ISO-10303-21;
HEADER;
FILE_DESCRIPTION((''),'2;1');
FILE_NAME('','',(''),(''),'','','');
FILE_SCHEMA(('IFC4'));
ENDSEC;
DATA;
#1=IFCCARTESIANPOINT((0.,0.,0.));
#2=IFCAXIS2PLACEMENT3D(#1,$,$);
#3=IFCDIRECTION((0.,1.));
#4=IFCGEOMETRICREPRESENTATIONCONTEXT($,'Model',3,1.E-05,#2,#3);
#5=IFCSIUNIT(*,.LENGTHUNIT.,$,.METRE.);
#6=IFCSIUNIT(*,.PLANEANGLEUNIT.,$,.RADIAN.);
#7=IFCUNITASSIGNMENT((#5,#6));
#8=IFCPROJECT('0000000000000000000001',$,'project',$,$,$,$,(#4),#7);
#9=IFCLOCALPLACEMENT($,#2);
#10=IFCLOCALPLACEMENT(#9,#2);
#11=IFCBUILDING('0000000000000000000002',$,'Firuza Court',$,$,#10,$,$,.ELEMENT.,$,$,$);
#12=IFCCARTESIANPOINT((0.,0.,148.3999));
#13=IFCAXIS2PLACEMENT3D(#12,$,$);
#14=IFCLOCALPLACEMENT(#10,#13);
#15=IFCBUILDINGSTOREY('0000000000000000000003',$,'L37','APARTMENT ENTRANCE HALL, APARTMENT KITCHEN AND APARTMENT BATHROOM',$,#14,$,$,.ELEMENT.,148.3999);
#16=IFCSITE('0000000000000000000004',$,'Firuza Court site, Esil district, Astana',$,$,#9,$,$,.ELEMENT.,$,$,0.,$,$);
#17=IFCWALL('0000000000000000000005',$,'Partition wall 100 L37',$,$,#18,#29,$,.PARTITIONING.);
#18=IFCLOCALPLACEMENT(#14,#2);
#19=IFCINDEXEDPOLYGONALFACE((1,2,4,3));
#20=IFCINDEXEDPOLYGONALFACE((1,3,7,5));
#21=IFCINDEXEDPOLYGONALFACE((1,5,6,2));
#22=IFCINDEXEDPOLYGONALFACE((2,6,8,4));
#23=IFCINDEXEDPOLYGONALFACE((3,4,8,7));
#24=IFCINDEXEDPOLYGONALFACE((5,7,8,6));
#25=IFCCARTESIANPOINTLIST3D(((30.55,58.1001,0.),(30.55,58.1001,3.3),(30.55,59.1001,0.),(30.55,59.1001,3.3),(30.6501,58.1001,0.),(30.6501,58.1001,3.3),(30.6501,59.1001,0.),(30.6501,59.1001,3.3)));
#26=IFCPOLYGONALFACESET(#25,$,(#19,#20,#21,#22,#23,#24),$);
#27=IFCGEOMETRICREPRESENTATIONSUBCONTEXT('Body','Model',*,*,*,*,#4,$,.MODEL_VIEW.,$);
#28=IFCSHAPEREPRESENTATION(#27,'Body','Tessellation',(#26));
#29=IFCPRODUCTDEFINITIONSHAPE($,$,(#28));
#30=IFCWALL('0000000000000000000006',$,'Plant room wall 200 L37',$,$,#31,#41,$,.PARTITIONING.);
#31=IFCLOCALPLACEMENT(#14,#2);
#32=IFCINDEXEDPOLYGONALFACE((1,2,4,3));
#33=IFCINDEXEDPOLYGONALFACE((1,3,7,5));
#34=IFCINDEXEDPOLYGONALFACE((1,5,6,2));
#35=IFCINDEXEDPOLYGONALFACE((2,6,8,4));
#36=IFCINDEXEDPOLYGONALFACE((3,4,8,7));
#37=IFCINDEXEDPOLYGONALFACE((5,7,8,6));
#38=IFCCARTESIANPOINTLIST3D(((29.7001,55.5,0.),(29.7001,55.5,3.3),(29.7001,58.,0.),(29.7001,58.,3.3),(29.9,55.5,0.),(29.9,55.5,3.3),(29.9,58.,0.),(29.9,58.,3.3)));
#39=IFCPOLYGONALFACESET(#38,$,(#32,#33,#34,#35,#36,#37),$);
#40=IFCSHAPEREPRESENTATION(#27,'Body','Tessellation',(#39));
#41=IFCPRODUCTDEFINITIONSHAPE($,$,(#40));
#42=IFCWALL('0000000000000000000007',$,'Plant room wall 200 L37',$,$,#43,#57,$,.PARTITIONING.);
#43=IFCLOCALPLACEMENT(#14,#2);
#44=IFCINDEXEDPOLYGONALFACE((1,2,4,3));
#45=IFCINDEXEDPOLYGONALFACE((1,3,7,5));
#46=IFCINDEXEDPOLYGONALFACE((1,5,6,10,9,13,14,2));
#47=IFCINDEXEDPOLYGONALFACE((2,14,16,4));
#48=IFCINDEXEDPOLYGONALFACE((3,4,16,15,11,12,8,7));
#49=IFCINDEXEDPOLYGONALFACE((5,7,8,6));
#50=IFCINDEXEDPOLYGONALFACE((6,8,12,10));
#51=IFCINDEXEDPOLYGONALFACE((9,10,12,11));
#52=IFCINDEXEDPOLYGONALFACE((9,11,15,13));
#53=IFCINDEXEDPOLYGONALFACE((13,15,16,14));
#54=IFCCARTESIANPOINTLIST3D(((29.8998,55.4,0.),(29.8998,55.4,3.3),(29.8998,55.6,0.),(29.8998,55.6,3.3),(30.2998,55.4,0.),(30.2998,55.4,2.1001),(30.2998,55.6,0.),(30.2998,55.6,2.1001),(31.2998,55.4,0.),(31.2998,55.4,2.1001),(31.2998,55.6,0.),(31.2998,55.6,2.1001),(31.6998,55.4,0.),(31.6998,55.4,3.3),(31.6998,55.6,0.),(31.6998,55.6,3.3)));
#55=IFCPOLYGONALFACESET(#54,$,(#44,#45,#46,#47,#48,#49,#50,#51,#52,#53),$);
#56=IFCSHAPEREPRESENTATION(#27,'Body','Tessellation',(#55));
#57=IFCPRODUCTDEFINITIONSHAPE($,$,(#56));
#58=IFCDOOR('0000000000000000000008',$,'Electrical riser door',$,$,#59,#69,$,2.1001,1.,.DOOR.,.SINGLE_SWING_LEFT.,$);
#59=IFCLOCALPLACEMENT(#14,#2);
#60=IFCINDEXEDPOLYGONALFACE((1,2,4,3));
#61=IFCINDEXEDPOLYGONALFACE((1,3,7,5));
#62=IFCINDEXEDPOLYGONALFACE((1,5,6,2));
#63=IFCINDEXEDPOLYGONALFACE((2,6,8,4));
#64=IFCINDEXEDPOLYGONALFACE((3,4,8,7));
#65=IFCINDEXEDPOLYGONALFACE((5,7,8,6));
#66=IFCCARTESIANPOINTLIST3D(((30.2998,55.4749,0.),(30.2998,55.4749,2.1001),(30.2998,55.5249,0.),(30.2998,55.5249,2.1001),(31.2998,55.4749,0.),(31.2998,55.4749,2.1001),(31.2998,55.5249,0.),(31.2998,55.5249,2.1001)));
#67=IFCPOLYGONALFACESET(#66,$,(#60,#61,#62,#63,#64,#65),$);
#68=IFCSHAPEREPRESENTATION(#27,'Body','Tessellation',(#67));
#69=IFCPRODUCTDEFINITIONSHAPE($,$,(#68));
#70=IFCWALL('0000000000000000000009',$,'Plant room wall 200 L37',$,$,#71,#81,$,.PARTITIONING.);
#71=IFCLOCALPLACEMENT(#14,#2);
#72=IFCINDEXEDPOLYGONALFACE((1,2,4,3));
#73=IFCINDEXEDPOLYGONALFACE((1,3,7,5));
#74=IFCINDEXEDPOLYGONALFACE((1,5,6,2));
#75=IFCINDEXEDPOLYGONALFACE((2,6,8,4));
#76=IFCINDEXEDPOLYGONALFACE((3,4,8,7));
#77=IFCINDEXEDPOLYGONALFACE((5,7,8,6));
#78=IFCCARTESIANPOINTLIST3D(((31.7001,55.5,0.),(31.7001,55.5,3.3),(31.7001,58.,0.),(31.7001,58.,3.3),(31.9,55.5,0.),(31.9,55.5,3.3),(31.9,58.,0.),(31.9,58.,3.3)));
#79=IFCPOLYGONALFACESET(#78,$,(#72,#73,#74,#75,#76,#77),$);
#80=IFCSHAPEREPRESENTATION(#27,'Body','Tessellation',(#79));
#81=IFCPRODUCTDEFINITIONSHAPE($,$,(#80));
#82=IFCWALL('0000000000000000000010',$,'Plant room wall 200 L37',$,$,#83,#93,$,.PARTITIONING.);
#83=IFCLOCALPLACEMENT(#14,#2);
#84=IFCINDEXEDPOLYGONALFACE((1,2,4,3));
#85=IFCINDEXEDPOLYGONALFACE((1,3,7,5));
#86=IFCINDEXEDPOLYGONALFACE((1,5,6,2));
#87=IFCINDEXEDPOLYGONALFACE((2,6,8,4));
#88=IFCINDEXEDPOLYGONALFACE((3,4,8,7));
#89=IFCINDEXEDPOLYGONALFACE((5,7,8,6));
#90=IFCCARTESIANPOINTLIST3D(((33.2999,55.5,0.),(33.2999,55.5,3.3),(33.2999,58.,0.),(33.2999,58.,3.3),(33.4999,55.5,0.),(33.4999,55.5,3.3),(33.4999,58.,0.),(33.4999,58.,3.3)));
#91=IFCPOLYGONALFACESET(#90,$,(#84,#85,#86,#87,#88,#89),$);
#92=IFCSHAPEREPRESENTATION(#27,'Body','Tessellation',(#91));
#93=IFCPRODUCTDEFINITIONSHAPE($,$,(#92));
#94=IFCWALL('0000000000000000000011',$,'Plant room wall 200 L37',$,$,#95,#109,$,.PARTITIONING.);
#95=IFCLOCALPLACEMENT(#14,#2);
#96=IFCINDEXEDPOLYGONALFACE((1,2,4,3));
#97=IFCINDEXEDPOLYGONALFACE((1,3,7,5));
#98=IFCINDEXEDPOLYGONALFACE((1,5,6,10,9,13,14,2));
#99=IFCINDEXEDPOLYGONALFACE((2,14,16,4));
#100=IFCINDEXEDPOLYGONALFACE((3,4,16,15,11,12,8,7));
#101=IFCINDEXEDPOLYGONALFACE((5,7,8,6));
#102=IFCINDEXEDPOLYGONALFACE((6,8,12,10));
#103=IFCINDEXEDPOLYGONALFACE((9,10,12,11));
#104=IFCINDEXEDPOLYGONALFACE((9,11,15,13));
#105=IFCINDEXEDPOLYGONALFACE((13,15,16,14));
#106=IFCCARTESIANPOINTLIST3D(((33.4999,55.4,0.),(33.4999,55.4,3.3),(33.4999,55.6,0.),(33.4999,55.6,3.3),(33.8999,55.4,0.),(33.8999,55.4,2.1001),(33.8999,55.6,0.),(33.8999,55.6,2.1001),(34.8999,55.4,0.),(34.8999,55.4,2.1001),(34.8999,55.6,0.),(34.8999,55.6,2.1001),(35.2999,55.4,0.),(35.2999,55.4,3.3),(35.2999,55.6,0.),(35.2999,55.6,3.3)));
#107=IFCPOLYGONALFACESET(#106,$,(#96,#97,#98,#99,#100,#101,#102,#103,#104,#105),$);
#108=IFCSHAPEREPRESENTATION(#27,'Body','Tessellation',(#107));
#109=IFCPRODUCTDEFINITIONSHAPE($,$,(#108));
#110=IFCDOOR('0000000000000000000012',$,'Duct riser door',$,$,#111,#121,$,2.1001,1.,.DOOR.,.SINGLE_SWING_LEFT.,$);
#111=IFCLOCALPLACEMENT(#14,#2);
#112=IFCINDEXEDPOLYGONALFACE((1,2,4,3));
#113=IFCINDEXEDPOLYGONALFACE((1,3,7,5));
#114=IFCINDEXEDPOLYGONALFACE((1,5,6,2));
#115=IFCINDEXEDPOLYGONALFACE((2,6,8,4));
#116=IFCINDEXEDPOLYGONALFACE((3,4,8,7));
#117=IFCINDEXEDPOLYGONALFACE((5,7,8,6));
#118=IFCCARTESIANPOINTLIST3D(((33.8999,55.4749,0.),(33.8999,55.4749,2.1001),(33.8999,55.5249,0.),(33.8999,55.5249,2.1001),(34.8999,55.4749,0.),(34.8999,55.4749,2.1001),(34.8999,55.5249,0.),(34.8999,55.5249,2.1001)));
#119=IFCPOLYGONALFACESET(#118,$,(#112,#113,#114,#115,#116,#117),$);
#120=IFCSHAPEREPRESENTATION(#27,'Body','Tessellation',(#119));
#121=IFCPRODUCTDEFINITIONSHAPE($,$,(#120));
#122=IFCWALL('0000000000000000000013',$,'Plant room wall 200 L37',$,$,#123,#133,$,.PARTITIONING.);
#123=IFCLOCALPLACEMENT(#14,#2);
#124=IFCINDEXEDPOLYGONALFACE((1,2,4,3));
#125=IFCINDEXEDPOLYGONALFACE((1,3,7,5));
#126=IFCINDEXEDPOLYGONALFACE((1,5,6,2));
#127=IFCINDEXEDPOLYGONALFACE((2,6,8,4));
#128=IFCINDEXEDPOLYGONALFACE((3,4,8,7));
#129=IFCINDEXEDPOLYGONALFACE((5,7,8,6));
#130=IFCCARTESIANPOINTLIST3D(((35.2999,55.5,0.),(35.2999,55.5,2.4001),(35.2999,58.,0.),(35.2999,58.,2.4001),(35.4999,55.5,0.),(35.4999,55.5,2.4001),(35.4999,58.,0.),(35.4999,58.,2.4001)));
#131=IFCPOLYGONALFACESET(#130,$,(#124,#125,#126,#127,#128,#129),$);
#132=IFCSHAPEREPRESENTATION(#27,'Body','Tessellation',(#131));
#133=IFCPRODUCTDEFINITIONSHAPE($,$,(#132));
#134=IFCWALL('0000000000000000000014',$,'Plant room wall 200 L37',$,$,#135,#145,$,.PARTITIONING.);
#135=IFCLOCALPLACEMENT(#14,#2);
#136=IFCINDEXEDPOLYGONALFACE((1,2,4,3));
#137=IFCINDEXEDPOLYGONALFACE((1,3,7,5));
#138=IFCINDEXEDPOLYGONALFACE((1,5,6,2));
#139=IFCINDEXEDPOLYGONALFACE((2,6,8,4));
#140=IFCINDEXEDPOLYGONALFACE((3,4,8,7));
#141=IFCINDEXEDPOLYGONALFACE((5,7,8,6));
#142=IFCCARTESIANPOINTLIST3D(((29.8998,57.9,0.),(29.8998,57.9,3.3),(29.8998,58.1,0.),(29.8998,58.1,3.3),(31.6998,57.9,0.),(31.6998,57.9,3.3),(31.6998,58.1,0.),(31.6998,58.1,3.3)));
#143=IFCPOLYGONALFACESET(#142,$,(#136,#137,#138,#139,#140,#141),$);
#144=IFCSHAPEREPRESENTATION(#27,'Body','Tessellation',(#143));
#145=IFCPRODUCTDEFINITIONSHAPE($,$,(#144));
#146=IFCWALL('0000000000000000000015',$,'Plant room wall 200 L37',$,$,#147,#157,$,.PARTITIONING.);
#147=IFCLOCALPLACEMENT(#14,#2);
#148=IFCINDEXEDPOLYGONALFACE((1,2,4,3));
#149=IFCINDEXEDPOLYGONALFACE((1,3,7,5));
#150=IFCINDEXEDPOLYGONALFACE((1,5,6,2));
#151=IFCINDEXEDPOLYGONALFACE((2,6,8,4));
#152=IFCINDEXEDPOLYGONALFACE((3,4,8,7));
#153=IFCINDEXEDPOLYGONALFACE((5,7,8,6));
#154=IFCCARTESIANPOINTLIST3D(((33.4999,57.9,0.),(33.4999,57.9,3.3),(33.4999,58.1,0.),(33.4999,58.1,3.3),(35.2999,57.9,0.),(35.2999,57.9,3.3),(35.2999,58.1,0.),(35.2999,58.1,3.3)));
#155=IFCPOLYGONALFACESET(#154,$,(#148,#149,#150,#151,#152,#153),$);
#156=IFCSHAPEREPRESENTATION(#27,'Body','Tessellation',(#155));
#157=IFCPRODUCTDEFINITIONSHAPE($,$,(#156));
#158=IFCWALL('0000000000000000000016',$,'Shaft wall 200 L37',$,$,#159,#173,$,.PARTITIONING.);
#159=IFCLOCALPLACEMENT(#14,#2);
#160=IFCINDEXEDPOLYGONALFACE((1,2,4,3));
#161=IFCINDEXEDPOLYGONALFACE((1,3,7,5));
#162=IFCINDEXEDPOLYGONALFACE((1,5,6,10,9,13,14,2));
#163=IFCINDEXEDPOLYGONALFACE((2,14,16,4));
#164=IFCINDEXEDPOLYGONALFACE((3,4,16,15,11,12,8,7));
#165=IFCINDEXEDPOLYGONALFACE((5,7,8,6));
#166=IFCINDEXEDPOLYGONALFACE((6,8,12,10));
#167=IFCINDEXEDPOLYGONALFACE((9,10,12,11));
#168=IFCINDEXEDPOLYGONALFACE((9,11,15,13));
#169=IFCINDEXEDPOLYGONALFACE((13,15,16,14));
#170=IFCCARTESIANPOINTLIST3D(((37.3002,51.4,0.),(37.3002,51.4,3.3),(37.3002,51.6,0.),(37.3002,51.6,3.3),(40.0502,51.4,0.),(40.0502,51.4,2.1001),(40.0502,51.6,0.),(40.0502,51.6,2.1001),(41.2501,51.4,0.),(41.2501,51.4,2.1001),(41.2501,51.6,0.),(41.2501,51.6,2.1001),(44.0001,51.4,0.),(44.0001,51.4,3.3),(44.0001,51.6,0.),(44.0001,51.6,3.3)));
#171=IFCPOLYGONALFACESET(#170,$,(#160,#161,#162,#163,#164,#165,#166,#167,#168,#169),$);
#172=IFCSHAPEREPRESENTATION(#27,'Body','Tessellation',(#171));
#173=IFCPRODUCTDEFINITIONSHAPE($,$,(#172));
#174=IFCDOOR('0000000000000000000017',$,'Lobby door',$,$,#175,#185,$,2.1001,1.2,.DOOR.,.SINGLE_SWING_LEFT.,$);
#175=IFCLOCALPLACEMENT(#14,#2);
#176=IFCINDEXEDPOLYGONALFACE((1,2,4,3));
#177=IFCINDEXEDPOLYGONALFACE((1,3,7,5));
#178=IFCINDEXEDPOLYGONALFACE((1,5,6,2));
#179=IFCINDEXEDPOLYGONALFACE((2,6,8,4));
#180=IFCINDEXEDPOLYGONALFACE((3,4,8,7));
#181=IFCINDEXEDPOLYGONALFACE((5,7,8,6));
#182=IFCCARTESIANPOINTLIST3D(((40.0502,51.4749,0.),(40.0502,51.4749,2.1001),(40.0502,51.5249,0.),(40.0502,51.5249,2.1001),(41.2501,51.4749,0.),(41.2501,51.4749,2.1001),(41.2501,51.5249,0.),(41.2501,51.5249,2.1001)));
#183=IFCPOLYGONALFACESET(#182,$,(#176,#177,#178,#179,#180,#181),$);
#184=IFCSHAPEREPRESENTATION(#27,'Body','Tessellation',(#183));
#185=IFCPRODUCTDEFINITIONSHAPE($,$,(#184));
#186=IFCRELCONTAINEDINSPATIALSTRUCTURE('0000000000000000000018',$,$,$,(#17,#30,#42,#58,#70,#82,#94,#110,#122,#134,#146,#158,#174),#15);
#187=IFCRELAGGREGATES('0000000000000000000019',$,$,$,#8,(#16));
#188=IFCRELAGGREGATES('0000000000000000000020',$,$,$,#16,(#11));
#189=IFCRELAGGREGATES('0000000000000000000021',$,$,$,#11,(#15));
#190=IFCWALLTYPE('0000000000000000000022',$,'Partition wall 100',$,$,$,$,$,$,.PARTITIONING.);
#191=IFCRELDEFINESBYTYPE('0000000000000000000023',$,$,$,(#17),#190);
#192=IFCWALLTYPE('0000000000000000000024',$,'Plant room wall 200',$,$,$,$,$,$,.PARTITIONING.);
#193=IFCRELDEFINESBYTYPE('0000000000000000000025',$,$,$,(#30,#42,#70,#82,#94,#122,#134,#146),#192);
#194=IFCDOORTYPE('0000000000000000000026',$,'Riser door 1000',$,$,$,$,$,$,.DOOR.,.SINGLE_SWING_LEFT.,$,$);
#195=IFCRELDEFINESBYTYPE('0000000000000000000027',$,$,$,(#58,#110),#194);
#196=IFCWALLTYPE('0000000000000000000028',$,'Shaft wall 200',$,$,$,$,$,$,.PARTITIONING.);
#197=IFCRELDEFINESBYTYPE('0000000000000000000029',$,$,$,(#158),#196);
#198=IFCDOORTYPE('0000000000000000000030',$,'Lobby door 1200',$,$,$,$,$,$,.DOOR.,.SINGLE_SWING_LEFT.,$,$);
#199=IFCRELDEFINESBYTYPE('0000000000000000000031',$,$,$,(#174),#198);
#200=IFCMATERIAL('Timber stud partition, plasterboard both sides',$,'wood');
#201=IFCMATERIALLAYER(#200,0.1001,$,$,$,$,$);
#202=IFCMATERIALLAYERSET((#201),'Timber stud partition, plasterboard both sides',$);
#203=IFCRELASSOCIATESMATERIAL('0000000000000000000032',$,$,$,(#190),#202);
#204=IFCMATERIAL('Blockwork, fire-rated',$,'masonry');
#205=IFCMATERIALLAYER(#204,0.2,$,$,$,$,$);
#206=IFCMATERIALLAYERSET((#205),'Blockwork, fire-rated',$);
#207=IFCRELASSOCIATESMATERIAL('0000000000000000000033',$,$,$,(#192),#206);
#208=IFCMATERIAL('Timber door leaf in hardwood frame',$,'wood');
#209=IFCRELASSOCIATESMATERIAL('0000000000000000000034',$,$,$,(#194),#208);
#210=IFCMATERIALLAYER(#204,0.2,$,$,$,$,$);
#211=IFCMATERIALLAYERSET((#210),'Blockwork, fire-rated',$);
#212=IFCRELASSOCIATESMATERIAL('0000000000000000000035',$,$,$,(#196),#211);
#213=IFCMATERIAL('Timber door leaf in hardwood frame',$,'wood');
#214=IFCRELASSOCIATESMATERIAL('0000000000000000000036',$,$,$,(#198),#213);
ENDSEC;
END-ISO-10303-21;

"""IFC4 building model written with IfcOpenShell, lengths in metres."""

from ifc_helpers import new_model, si_unit, direction, frame, frame_2d, origin, place, context, subcontext, project, spatial, rectangle, extrude, material, layer, layer_set, type_object, element, fill, save


model = new_model("IFC4")

# Units and contexts
model_context = context("Model", 3, precision=1e-05, world=origin(), true_north=direction((0.0, 1.0)))
body_context = subcontext(model_context, "Body", "Model", "MODEL_VIEW")
ifc_project = project(units=[si_unit("LENGTHUNIT", "METRE"), si_unit("PLANEANGLEUNIT", "RADIAN")], contexts=[model_context])

# Site, building, storey
site_placement = place(None, origin())
site = spatial("IfcSite", under=ifc_project, at=site_placement, Name="Firuza Court site, Esil district, Astana", CompositionType="ELEMENT", RefElevation=0.0)
building_placement = place(site_placement, origin())
building = spatial("IfcBuilding", under=site, at=building_placement, Name="Firuza Court", CompositionType="ELEMENT")
storey_placement = place(building_placement, frame((0.0, 0.0, 148.3999)))
storey = spatial("IfcBuildingStorey", under=building, at=storey_placement, Name="L37", Description="APARTMENT ENTRANCE HALL, APARTMENT KITCHEN AND APARTMENT BATHROOM", CompositionType="ELEMENT", Elevation=148.3999)

# Walls
ifc_material_1 = material(Name="Timber stud partition, plasterboard both sides", Category="wood")
ifc_layer_1 = layer(ifc_material_1, 0.1001)
ifc_layer_set_1 = layer_set([ifc_layer_1], Name="Timber stud partition, plasterboard both sides")
wall_type_1 = type_object("IfcWallType", Name="Partition wall 100", PredefinedType="PARTITIONING", material=ifc_layer_set_1)
wall_1_placement = place(storey_placement, frame((30.6001, 58.1001, 0.0), z_axis=(0.0, 0.0, 1.0), x_axis=(0.0, 1.0, 0.0)))
element("IfcWall", 1, at=wall_1_placement, inside=storey, type_object=wall_type_1, Name="Partition wall 100 L37", PredefinedType="PARTITIONING", context=body_context, shape_type="SweptSolid", body=[
    extrude(rectangle(XDim=1.0, YDim=0.1001, at=frame_2d((0.5, 0.0))), origin(), (0.0, 0.0, 1.0), 3.3),
])
ifc_material_2 = material(Name="Blockwork, fire-rated", Category="masonry")
ifc_layer_2 = layer(ifc_material_2, 0.2)
ifc_layer_set_2 = layer_set([ifc_layer_2], Name="Blockwork, fire-rated")
wall_type_2 = type_object("IfcWallType", Name="Plant room wall 200", PredefinedType="PARTITIONING", material=ifc_layer_set_2)
wall_2_placement = place(storey_placement, frame((29.8, 55.5, 0.0), z_axis=(0.0, 0.0, 1.0), x_axis=(0.0, 1.0, 0.0)))
element("IfcWall", 2, at=wall_2_placement, inside=storey, type_object=wall_type_2, Name="Plant room wall 200 L37", PredefinedType="PARTITIONING", context=body_context, shape_type="SweptSolid", body=[
    extrude(rectangle(XDim=2.5, YDim=0.2, at=frame_2d((1.25, 0.0))), origin(), (0.0, 0.0, 1.0), 3.3),
])

# Wall, opening, door
wall_3_placement = place(storey_placement, frame((29.8999, 55.5, 0.0), z_axis=(0.0, 0.0, 1.0), x_axis=(1.0, 0.0, 0.0)))
wall_3 = element("IfcWall", 3, at=wall_3_placement, inside=storey, type_object=wall_type_2, Name="Plant room wall 200 L37", PredefinedType="PARTITIONING", context=body_context, shape_type="SweptSolid", body=[
    extrude(rectangle(XDim=1.8, YDim=0.2, at=frame_2d((0.8999, 0.0))), origin(), (0.0, 0.0, 1.0), 3.3),
])
opening_1_placement = place(wall_3_placement, frame((0.3999, 0.0, 0.0)))
opening_1 = element("IfcOpeningElement", 4, at=opening_1_placement, cuts=wall_3, PredefinedType="OPENING", context=body_context, shape_type="SweptSolid", body=[
    extrude(rectangle(XDim=1.0, YDim=2.1001, at=frame_2d((0.5, 1.05))), frame((0.0, 0.1118, 0.0), z_axis=(0.0, -1.0, 0.0), x_axis=(1.0, 0.0, 0.0)), (0.0, 0.0, 1.0), 0.2239),
])
ifc_material_3 = material(Name="Timber door leaf in hardwood frame", Category="wood")
door_type_1 = type_object("IfcDoorType", Name="Riser door 1000", OperationType="SINGLE_SWING_LEFT", PredefinedType="DOOR", material=ifc_material_3)
door_1_placement = place(opening_1_placement, origin())
door_1 = element("IfcDoor", 5, at=door_1_placement, inside=storey, type_object=door_type_1, Name="Electrical riser door", OperationType="SINGLE_SWING_LEFT", OverallHeight=2.1001, OverallWidth=1.0, PredefinedType="DOOR", context=body_context, shape_type="SweptSolid", body=[
    extrude(rectangle(XDim=1.0, YDim=2.1001, at=frame_2d((0.5, 1.05))), frame((0.0, 0.0249, 0.0), z_axis=(0.0, -1.0, 0.0), x_axis=(1.0, 0.0, 0.0)), (0.0, 0.0, 1.0), 0.05),
])
fill(opening_1, door_1)

# Walls
for number, where, z_axis, x_axis, name in (
    (6, (31.8, 55.5, 0.0), (0.0, 0.0, 1.0), (0.0, 1.0, 0.0), "Plant room wall 200 L37"),
    (7, (33.3999, 55.5, 0.0), (0.0, 0.0, 1.0), (0.0, 1.0, 0.0), "Plant room wall 200 L37"),
):
    element("IfcWall", number, at=place(storey_placement, frame(where, z_axis=z_axis, x_axis=x_axis)), inside=storey, type_object=wall_type_2, Name=name, PredefinedType="PARTITIONING", context=body_context, shape_type="SweptSolid", body=[
        extrude(rectangle(XDim=2.5, YDim=0.2, at=frame_2d((1.25, 0.0))), origin(), (0.0, 0.0, 1.0), 3.3),
    ])

# Wall, opening, door
wall_4_placement = place(storey_placement, frame((33.5, 55.5, 0.0), z_axis=(0.0, 0.0, 1.0), x_axis=(1.0, 0.0, 0.0)))
wall_4 = element("IfcWall", 8, at=wall_4_placement, inside=storey, type_object=wall_type_2, Name="Plant room wall 200 L37", PredefinedType="PARTITIONING", context=body_context, shape_type="SweptSolid", body=[
    extrude(rectangle(XDim=1.8, YDim=0.2, at=frame_2d((0.8999, 0.0))), origin(), (0.0, 0.0, 1.0), 3.3),
])
opening_2_placement = place(wall_4_placement, frame((0.3999, 0.0, 0.0)))
opening_2 = element("IfcOpeningElement", 9, at=opening_2_placement, cuts=wall_4, PredefinedType="OPENING", context=body_context, shape_type="SweptSolid", body=[
    extrude(rectangle(XDim=1.0, YDim=2.1001, at=frame_2d((0.5, 1.05))), frame((0.0, 0.1118, 0.0), z_axis=(0.0, -1.0, 0.0), x_axis=(1.0, 0.0, 0.0)), (0.0, 0.0, 1.0), 0.2239),
])
door_2_placement = place(opening_2_placement, origin())
door_2 = element("IfcDoor", 10, at=door_2_placement, inside=storey, type_object=door_type_1, Name="Duct riser door", OperationType="SINGLE_SWING_LEFT", OverallHeight=2.1001, OverallWidth=1.0, PredefinedType="DOOR", context=body_context, shape_type="SweptSolid", body=[
    extrude(rectangle(XDim=1.0, YDim=2.1001, at=frame_2d((0.5, 1.05))), frame((0.0, 0.0249, 0.0), z_axis=(0.0, -1.0, 0.0), x_axis=(1.0, 0.0, 0.0)), (0.0, 0.0, 1.0), 0.05),
])
fill(opening_2, door_2)

# Walls
wall_5_placement = place(storey_placement, frame((35.3999, 55.5, 0.0), z_axis=(0.0, 0.0, 1.0), x_axis=(0.0, 1.0, 0.0)))
element("IfcWall", 11, at=wall_5_placement, inside=storey, type_object=wall_type_2, Name="Plant room wall 200 L37", PredefinedType="PARTITIONING", context=body_context, shape_type="SweptSolid", body=[
    extrude(rectangle(XDim=2.5, YDim=0.2, at=frame_2d((1.25, 0.0))), origin(), (0.0, 0.0, 1.0), 2.4001),
])
for number, where, z_axis, x_axis, name in (
    (12, (29.8999, 58.0, 0.0), (0.0, 0.0, 1.0), (1.0, 0.0, 0.0), "Plant room wall 200 L37"),
    (13, (33.5, 58.0, 0.0), (0.0, 0.0, 1.0), (1.0, 0.0, 0.0), "Plant room wall 200 L37"),
):
    element("IfcWall", number, at=place(storey_placement, frame(where, z_axis=z_axis, x_axis=x_axis)), inside=storey, type_object=wall_type_2, Name=name, PredefinedType="PARTITIONING", context=body_context, shape_type="SweptSolid", body=[
        extrude(rectangle(XDim=1.8, YDim=0.2, at=frame_2d((0.8999, 0.0))), origin(), (0.0, 0.0, 1.0), 3.3),
    ])

# Wall, opening, door
ifc_layer_3 = layer(ifc_material_2, 0.2)
ifc_layer_set_3 = layer_set([ifc_layer_3], Name="Blockwork, fire-rated")
wall_type_3 = type_object("IfcWallType", Name="Shaft wall 200", PredefinedType="PARTITIONING", material=ifc_layer_set_3)
wall_6_placement = place(storey_placement, frame((37.3, 51.5, 0.0), z_axis=(0.0, 0.0, 1.0), x_axis=(1.0, 0.0, 0.0)))
wall_6 = element("IfcWall", 14, at=wall_6_placement, inside=storey, type_object=wall_type_3, Name="Shaft wall 200 L37", PredefinedType="PARTITIONING", context=body_context, shape_type="SweptSolid", body=[
    extrude(rectangle(XDim=6.7, YDim=0.2, at=frame_2d((3.3501, 0.0))), origin(), (0.0, 0.0, 1.0), 3.3),
])
opening_3_placement = place(wall_6_placement, frame((2.75, 0.0, 0.0)))
opening_3 = element("IfcOpeningElement", 15, at=opening_3_placement, cuts=wall_6, PredefinedType="OPENING", context=body_context, shape_type="SweptSolid", body=[
    extrude(rectangle(XDim=1.2, YDim=2.1001, at=frame_2d((0.6001, 1.05))), frame((0.0, 0.1118, 0.0), z_axis=(0.0, -1.0, 0.0), x_axis=(1.0, 0.0, 0.0)), (0.0, 0.0, 1.0), 0.2239),
])
ifc_material_4 = material(Name="Timber door leaf in hardwood frame", Category="wood")
door_type_2 = type_object("IfcDoorType", Name="Lobby door 1200", OperationType="SINGLE_SWING_LEFT", PredefinedType="DOOR", material=ifc_material_4)
door_3_placement = place(opening_3_placement, origin())
door_3 = element("IfcDoor", 16, at=door_3_placement, inside=storey, type_object=door_type_2, Name="Lobby door", OperationType="SINGLE_SWING_LEFT", OverallHeight=2.1001, OverallWidth=1.2, PredefinedType="DOOR", context=body_context, shape_type="SweptSolid", body=[
    extrude(rectangle(XDim=1.2, YDim=2.1001, at=frame_2d((0.6001, 1.05))), frame((0.0, 0.0249, 0.0), z_axis=(0.0, -1.0, 0.0), x_axis=(1.0, 0.0, 0.0)), (0.0, 0.0, 1.0), 0.05),
])
fill(opening_3, door_3)

save(model, "model.ifc")
